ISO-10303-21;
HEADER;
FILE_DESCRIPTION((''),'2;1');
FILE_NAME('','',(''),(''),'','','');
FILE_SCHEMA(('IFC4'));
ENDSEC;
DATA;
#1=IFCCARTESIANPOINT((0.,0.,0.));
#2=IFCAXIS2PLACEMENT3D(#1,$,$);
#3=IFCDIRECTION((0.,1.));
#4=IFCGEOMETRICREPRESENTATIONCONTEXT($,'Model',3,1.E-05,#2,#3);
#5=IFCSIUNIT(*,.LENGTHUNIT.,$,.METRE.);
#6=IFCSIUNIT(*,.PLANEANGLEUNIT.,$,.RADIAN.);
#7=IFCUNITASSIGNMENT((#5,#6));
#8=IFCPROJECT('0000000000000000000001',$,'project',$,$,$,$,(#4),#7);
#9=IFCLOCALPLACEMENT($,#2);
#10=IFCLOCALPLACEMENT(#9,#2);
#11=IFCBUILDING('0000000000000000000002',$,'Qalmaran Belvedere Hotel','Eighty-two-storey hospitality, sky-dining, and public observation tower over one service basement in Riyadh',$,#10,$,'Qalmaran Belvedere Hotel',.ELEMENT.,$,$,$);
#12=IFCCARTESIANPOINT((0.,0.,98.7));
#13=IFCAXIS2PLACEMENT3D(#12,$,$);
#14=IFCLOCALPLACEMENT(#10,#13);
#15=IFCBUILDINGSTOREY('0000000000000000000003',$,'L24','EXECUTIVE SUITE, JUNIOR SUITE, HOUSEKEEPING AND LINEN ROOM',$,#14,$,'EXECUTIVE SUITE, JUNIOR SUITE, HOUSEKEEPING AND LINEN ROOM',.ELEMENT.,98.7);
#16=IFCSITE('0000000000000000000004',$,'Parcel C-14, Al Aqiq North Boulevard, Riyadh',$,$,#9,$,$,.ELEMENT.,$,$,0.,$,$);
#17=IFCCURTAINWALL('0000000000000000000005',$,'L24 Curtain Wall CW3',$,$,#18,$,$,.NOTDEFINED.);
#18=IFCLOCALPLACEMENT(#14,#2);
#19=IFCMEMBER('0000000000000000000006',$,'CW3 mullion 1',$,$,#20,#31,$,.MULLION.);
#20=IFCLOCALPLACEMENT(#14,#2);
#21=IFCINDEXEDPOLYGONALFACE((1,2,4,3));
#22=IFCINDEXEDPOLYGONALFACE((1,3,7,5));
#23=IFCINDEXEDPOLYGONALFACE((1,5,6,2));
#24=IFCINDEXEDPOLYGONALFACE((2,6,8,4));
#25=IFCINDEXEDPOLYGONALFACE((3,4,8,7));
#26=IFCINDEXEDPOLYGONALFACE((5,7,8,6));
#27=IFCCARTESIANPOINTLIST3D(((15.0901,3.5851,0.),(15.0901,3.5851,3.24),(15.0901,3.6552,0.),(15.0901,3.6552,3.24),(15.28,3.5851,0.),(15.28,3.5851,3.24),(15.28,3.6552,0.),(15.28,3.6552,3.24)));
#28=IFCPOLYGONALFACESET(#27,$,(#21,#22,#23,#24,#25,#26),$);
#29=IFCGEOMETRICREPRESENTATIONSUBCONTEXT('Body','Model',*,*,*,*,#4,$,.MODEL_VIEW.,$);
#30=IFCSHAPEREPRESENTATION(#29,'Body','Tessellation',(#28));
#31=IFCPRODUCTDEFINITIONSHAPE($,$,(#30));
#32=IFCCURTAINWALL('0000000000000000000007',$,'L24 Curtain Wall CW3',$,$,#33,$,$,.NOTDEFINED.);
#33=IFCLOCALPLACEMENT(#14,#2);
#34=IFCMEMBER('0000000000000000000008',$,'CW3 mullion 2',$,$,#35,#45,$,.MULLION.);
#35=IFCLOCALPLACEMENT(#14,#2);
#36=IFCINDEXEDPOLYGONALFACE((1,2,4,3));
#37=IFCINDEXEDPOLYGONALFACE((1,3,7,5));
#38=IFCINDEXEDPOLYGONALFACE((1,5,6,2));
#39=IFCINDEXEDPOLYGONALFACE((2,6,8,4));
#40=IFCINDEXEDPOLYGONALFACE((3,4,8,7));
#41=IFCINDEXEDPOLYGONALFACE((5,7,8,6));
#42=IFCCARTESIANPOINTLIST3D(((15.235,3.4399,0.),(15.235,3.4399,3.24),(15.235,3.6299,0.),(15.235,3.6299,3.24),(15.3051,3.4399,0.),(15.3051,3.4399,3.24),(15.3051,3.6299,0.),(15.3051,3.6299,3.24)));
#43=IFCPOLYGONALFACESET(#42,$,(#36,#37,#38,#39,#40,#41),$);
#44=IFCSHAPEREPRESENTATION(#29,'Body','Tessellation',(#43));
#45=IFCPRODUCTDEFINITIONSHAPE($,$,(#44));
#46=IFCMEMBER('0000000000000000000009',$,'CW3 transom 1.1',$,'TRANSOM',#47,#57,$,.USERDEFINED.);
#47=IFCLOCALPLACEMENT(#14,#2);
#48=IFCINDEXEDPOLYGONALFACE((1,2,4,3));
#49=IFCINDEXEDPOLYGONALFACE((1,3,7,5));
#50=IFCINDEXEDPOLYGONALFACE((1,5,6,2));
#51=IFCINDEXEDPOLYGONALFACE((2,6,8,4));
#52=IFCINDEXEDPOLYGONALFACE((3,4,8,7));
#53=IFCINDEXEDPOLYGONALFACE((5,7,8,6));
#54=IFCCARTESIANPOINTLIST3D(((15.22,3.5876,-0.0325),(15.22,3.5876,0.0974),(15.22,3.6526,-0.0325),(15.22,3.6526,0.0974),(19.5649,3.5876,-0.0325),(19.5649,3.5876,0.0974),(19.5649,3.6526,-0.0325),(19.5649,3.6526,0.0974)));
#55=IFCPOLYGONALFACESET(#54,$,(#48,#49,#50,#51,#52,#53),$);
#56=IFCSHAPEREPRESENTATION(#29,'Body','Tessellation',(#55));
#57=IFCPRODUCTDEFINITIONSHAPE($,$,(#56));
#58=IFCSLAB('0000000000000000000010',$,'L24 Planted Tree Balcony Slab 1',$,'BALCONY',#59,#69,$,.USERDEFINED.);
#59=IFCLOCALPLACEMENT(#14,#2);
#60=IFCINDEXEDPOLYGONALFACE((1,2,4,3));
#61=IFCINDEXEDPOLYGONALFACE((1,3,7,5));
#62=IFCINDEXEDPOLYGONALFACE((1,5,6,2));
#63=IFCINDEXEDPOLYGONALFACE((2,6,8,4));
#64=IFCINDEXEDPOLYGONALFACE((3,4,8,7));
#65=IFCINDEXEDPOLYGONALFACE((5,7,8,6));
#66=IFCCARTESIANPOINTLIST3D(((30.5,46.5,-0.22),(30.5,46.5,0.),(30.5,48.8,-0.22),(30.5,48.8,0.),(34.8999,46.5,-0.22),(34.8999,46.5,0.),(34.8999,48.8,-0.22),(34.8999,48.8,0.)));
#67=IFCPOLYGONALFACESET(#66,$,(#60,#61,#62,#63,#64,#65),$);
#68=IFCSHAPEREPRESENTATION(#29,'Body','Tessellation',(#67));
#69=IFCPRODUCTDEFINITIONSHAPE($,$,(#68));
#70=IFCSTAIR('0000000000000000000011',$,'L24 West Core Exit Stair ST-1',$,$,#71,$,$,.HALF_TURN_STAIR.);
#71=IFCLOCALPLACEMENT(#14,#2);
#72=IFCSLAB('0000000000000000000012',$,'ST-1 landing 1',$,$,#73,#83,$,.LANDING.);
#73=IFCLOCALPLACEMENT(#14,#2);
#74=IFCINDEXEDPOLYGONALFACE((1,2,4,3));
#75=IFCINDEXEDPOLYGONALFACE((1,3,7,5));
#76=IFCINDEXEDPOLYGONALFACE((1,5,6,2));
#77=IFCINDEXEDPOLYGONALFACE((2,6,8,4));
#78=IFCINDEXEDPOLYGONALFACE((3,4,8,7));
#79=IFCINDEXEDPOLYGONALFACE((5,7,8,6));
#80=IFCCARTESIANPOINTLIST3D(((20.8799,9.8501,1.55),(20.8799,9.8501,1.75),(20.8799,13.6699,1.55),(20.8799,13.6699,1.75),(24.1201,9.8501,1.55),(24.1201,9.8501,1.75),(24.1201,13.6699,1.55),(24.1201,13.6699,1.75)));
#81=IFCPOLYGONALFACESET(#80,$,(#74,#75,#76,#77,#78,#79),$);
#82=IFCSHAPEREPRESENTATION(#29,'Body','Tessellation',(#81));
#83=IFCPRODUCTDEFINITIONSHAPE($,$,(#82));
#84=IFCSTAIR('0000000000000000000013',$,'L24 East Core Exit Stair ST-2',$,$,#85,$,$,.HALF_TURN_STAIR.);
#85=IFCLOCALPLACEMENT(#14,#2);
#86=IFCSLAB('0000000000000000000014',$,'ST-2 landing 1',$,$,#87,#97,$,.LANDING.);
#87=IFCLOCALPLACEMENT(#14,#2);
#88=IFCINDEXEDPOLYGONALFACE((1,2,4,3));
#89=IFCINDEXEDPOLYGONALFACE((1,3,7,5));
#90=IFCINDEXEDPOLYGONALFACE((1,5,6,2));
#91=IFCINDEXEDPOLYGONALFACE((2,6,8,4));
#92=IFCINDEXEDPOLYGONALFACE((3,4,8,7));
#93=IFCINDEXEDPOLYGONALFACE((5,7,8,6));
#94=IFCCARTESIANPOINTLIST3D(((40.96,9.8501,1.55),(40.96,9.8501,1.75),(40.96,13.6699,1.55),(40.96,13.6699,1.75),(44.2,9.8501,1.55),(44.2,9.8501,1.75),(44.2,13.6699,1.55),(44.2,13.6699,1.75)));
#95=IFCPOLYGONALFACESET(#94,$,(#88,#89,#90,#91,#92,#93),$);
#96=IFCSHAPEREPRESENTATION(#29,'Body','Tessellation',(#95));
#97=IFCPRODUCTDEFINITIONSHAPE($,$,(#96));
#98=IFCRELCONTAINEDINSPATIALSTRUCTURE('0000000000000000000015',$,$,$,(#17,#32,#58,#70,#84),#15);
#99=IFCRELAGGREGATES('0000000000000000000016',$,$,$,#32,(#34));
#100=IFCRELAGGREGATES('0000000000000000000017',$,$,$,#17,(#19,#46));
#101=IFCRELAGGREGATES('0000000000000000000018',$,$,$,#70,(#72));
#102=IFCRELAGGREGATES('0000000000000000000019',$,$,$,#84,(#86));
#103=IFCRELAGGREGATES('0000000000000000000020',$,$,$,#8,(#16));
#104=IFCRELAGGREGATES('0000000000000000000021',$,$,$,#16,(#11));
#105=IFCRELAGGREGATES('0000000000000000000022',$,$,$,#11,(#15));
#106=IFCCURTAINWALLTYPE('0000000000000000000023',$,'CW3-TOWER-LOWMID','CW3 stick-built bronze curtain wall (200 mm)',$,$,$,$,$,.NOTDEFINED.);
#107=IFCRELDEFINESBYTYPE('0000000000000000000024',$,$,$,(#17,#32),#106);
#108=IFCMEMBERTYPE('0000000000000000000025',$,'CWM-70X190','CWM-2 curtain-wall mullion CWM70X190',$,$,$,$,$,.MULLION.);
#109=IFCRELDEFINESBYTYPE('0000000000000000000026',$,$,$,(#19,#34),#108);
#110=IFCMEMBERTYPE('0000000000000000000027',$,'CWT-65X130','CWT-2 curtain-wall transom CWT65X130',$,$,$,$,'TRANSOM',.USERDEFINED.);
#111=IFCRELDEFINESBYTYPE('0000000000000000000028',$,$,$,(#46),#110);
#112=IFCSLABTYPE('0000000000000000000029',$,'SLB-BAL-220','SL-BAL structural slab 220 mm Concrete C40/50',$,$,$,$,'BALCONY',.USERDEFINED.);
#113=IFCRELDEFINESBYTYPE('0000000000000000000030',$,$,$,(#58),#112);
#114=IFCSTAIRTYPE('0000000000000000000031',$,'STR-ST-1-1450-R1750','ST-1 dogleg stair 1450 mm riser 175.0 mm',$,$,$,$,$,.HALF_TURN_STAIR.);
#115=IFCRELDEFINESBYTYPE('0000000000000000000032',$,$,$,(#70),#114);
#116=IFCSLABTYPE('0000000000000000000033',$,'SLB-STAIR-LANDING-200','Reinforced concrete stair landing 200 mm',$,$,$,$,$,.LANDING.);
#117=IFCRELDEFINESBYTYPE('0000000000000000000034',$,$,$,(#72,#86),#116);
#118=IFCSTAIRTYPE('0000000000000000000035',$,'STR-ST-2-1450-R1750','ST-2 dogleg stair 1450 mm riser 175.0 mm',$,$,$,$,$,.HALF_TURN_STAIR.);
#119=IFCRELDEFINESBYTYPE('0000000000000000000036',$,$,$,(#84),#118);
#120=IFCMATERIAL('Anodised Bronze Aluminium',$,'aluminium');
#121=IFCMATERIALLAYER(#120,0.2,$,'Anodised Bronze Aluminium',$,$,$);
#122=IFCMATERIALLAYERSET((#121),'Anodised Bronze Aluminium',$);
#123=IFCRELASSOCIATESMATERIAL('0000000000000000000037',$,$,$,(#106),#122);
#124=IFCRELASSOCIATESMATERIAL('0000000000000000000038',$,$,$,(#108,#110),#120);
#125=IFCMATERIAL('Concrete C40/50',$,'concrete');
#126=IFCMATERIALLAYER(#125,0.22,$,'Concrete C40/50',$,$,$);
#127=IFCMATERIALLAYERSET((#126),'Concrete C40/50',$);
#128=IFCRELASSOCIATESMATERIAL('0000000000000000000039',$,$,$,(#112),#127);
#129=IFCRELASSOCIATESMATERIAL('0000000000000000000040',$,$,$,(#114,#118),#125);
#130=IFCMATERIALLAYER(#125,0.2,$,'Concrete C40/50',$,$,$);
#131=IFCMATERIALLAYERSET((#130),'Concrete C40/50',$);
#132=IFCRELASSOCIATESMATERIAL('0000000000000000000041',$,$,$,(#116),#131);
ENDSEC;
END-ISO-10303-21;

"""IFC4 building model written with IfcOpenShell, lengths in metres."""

from ifc_helpers import new_model, si_unit, direction, frame, origin, origin_2d, place, context, subcontext, project, spatial, polyline, rectangle, outline, extrude, material, layer, layer_set, material_profile, profile_set, type_object, element, aggregate, save


model = new_model("IFC4")

# Units and contexts
model_context = context("Model", 3, precision=1e-05, world=origin(), true_north=direction((0.0, 1.0)))
body_context = subcontext(model_context, "Body", "Model", "MODEL_VIEW")
ifc_project = project(units=[si_unit("LENGTHUNIT", "METRE"), si_unit("PLANEANGLEUNIT", "RADIAN")], contexts=[model_context])

# Site, building, storey
site_placement = place(None, origin())
site = spatial("IfcSite", under=ifc_project, at=site_placement, Name="Parcel C-14, Al Aqiq North Boulevard, Riyadh", CompositionType="ELEMENT", RefElevation=0.0)
building_placement = place(site_placement, origin())
building = spatial("IfcBuilding", under=site, at=building_placement, Name="Qalmaran Belvedere Hotel", Description="Eighty-two-storey hospitality, sky-dining, and public observation tower over one service basement in Riyadh", LongName="Qalmaran Belvedere Hotel", CompositionType="ELEMENT")
storey_placement = place(building_placement, frame((0.0, 0.0, 98.7)))
storey = spatial("IfcBuildingStorey", under=building, at=storey_placement, Name="L24", Description="EXECUTIVE SUITE, JUNIOR SUITE, HOUSEKEEPING AND LINEN ROOM", LongName="EXECUTIVE SUITE, JUNIOR SUITE, HOUSEKEEPING AND LINEN ROOM", CompositionType="ELEMENT", Elevation=98.7)

# Curtain walls, members
ifc_material_1 = material(Name="Anodised Bronze Aluminium", Category="aluminium")
ifc_layer_1 = layer(ifc_material_1, 0.2, Name="Anodised Bronze Aluminium")
ifc_layer_set_1 = layer_set([ifc_layer_1], Name="Anodised Bronze Aluminium")
curtain_wall_type = type_object("IfcCurtainWallType", Name="CW3-TOWER-LOWMID", Description="CW3 stick-built bronze curtain wall (200 mm)", PredefinedType="NOTDEFINED", material=ifc_layer_set_1)
curtain_wall_1_placement = place(storey_placement, origin())
curtain_wall_1 = element("IfcCurtainWall", 1, at=curtain_wall_1_placement, inside=storey, type_object=curtain_wall_type, Name="L24 Curtain Wall CW3", PredefinedType="NOTDEFINED")
ifc_material_profile_1 = material_profile(ifc_material_1, rectangle(XDim=0.0701, YDim=0.1899, at=origin_2d()), Name="CWM70X190")
ifc_profile_set_1 = profile_set([ifc_material_profile_1], Name="Anodised Bronze Aluminium")
member_type_1 = type_object("IfcMemberType", Name="CWM-70X190", Description="CWM-2 curtain-wall mullion CWM70X190", PredefinedType="MULLION", material=ifc_profile_set_1)
member_1_placement = place(storey_placement, frame((15.1851, 3.6201, 0.0), z_axis=(0.0, 0.0, 1.0), x_axis=(0.0, 1.0, 0.0)))
member_1 = element("IfcMember", 2, at=member_1_placement, type_object=member_type_1, Name="CW3 mullion 1", PredefinedType="MULLION", context=body_context, shape_type="SweptSolid", body=[
    extrude(rectangle(XDim=0.0701, YDim=0.1899, at=origin_2d()), origin(), (0.0, 0.0, 1.0), 3.24),
])
curtain_wall_2_placement = place(storey_placement, origin())
curtain_wall_2 = element("IfcCurtainWall", 3, at=curtain_wall_2_placement, inside=storey, type_object=curtain_wall_type, Name="L24 Curtain Wall CW3", PredefinedType="NOTDEFINED")
member_2_placement = place(storey_placement, frame((15.27, 3.5349, 0.0), z_axis=(0.0, 0.0, 1.0), x_axis=(1.0, 0.0, 0.0)))
member_2 = element("IfcMember", 4, at=member_2_placement, type_object=member_type_1, Name="CW3 mullion 2", PredefinedType="MULLION", context=body_context, shape_type="SweptSolid", body=[
    extrude(rectangle(XDim=0.0701, YDim=0.1899, at=origin_2d()), origin(), (0.0, 0.0, 1.0), 3.24),
])
aggregate(curtain_wall_2, [member_2])

# Member
ifc_material_profile_2 = material_profile(ifc_material_1, rectangle(XDim=0.0649, YDim=0.1299, at=origin_2d()), Name="CWT65X130")
ifc_profile_set_2 = profile_set([ifc_material_profile_2], Name="Anodised Bronze Aluminium")
member_type_2 = type_object("IfcMemberType", Name="CWT-65X130", Description="CWT-2 curtain-wall transom CWT65X130", ElementType="TRANSOM", PredefinedType="USERDEFINED", material=ifc_profile_set_2)
member_3_placement = place(storey_placement, frame((15.22, 3.6201, 0.0325), z_axis=(1.0, 0.0, 0.0), x_axis=(0.0, 1.0, 0.0)))
member_3 = element("IfcMember", 5, at=member_3_placement, type_object=member_type_2, Name="CW3 transom 1.1", ObjectType="TRANSOM", PredefinedType="USERDEFINED", context=body_context, shape_type="SweptSolid", body=[
    extrude(rectangle(XDim=0.0649, YDim=0.1299, at=origin_2d()), origin(), (0.0, 0.0, 1.0), 4.345),
])
aggregate(curtain_wall_1, [member_1, member_3])

# Slab
ifc_material_2 = material(Name="Concrete C40/50", Category="concrete")
ifc_layer_2 = layer(ifc_material_2, 0.22, Name="Concrete C40/50")
ifc_layer_set_2 = layer_set([ifc_layer_2], Name="Concrete C40/50")
slab_type_1 = type_object("IfcSlabType", Name="SLB-BAL-220", Description="SL-BAL structural slab 220 mm Concrete C40/50", ElementType="BALCONY", PredefinedType="USERDEFINED", material=ifc_layer_set_2)
slab_1_placement = place(storey_placement, frame((0.0, 0.0, -0.22)))
element("IfcSlab", 6, at=slab_1_placement, inside=storey, type_object=slab_type_1, Name="L24 Planted Tree Balcony Slab 1", ObjectType="BALCONY", PredefinedType="USERDEFINED", context=body_context, shape_type="SweptSolid", body=[
    extrude(outline(polyline([(30.5, 46.5), (34.8999, 46.5), (34.8999, 48.8), (30.5, 48.8), (30.5, 46.5)])), origin(), (0.0, 0.0, 1.0), 0.22),
])

# Stairs, slabs
stair_type_1 = type_object("IfcStairType", Name="STR-ST-1-1450-R1750", Description="ST-1 dogleg stair 1450 mm riser 175.0 mm", PredefinedType="HALF_TURN_STAIR", material=ifc_material_2)
stair_1_placement = place(storey_placement, origin())
stair_1 = element("IfcStair", 7, at=stair_1_placement, inside=storey, type_object=stair_type_1, Name="L24 West Core Exit Stair ST-1", PredefinedType="HALF_TURN_STAIR")
ifc_layer_3 = layer(ifc_material_2, 0.2, Name="Concrete C40/50")
ifc_layer_set_3 = layer_set([ifc_layer_3], Name="Concrete C40/50")
slab_type_2 = type_object("IfcSlabType", Name="SLB-STAIR-LANDING-200", Description="Reinforced concrete stair landing 200 mm", PredefinedType="LANDING", material=ifc_layer_set_3)
slab_2_placement = place(storey_placement, frame((0.0, 0.0, 1.55)))
slab_2 = element("IfcSlab", 8, at=slab_2_placement, type_object=slab_type_2, Name="ST-1 landing 1", PredefinedType="LANDING", context=body_context, shape_type="SweptSolid", body=[
    extrude(outline(polyline([(20.8799, 13.6699), (20.8799, 9.8501), (24.1201, 9.8501), (24.1201, 13.6699), (20.8799, 13.6699)])), origin(), (0.0, 0.0, 1.0), 0.2),
])
aggregate(stair_1, [slab_2])
stair_type_2 = type_object("IfcStairType", Name="STR-ST-2-1450-R1750", Description="ST-2 dogleg stair 1450 mm riser 175.0 mm", PredefinedType="HALF_TURN_STAIR", material=ifc_material_2)
stair_2_placement = place(storey_placement, origin())
stair_2 = element("IfcStair", 9, at=stair_2_placement, inside=storey, type_object=stair_type_2, Name="L24 East Core Exit Stair ST-2", PredefinedType="HALF_TURN_STAIR")
slab_3_placement = place(storey_placement, frame((0.0, 0.0, 1.55)))
slab_3 = element("IfcSlab", 10, at=slab_3_placement, type_object=slab_type_2, Name="ST-2 landing 1", PredefinedType="LANDING", context=body_context, shape_type="SweptSolid", body=[
    extrude(outline(polyline([(40.96, 13.6699), (40.96, 9.8501), (44.2, 9.8501), (44.2, 13.6699), (40.96, 13.6699)])), origin(), (0.0, 0.0, 1.0), 0.2),
])
aggregate(stair_2, [slab_3])

save(model, "model.ifc")
